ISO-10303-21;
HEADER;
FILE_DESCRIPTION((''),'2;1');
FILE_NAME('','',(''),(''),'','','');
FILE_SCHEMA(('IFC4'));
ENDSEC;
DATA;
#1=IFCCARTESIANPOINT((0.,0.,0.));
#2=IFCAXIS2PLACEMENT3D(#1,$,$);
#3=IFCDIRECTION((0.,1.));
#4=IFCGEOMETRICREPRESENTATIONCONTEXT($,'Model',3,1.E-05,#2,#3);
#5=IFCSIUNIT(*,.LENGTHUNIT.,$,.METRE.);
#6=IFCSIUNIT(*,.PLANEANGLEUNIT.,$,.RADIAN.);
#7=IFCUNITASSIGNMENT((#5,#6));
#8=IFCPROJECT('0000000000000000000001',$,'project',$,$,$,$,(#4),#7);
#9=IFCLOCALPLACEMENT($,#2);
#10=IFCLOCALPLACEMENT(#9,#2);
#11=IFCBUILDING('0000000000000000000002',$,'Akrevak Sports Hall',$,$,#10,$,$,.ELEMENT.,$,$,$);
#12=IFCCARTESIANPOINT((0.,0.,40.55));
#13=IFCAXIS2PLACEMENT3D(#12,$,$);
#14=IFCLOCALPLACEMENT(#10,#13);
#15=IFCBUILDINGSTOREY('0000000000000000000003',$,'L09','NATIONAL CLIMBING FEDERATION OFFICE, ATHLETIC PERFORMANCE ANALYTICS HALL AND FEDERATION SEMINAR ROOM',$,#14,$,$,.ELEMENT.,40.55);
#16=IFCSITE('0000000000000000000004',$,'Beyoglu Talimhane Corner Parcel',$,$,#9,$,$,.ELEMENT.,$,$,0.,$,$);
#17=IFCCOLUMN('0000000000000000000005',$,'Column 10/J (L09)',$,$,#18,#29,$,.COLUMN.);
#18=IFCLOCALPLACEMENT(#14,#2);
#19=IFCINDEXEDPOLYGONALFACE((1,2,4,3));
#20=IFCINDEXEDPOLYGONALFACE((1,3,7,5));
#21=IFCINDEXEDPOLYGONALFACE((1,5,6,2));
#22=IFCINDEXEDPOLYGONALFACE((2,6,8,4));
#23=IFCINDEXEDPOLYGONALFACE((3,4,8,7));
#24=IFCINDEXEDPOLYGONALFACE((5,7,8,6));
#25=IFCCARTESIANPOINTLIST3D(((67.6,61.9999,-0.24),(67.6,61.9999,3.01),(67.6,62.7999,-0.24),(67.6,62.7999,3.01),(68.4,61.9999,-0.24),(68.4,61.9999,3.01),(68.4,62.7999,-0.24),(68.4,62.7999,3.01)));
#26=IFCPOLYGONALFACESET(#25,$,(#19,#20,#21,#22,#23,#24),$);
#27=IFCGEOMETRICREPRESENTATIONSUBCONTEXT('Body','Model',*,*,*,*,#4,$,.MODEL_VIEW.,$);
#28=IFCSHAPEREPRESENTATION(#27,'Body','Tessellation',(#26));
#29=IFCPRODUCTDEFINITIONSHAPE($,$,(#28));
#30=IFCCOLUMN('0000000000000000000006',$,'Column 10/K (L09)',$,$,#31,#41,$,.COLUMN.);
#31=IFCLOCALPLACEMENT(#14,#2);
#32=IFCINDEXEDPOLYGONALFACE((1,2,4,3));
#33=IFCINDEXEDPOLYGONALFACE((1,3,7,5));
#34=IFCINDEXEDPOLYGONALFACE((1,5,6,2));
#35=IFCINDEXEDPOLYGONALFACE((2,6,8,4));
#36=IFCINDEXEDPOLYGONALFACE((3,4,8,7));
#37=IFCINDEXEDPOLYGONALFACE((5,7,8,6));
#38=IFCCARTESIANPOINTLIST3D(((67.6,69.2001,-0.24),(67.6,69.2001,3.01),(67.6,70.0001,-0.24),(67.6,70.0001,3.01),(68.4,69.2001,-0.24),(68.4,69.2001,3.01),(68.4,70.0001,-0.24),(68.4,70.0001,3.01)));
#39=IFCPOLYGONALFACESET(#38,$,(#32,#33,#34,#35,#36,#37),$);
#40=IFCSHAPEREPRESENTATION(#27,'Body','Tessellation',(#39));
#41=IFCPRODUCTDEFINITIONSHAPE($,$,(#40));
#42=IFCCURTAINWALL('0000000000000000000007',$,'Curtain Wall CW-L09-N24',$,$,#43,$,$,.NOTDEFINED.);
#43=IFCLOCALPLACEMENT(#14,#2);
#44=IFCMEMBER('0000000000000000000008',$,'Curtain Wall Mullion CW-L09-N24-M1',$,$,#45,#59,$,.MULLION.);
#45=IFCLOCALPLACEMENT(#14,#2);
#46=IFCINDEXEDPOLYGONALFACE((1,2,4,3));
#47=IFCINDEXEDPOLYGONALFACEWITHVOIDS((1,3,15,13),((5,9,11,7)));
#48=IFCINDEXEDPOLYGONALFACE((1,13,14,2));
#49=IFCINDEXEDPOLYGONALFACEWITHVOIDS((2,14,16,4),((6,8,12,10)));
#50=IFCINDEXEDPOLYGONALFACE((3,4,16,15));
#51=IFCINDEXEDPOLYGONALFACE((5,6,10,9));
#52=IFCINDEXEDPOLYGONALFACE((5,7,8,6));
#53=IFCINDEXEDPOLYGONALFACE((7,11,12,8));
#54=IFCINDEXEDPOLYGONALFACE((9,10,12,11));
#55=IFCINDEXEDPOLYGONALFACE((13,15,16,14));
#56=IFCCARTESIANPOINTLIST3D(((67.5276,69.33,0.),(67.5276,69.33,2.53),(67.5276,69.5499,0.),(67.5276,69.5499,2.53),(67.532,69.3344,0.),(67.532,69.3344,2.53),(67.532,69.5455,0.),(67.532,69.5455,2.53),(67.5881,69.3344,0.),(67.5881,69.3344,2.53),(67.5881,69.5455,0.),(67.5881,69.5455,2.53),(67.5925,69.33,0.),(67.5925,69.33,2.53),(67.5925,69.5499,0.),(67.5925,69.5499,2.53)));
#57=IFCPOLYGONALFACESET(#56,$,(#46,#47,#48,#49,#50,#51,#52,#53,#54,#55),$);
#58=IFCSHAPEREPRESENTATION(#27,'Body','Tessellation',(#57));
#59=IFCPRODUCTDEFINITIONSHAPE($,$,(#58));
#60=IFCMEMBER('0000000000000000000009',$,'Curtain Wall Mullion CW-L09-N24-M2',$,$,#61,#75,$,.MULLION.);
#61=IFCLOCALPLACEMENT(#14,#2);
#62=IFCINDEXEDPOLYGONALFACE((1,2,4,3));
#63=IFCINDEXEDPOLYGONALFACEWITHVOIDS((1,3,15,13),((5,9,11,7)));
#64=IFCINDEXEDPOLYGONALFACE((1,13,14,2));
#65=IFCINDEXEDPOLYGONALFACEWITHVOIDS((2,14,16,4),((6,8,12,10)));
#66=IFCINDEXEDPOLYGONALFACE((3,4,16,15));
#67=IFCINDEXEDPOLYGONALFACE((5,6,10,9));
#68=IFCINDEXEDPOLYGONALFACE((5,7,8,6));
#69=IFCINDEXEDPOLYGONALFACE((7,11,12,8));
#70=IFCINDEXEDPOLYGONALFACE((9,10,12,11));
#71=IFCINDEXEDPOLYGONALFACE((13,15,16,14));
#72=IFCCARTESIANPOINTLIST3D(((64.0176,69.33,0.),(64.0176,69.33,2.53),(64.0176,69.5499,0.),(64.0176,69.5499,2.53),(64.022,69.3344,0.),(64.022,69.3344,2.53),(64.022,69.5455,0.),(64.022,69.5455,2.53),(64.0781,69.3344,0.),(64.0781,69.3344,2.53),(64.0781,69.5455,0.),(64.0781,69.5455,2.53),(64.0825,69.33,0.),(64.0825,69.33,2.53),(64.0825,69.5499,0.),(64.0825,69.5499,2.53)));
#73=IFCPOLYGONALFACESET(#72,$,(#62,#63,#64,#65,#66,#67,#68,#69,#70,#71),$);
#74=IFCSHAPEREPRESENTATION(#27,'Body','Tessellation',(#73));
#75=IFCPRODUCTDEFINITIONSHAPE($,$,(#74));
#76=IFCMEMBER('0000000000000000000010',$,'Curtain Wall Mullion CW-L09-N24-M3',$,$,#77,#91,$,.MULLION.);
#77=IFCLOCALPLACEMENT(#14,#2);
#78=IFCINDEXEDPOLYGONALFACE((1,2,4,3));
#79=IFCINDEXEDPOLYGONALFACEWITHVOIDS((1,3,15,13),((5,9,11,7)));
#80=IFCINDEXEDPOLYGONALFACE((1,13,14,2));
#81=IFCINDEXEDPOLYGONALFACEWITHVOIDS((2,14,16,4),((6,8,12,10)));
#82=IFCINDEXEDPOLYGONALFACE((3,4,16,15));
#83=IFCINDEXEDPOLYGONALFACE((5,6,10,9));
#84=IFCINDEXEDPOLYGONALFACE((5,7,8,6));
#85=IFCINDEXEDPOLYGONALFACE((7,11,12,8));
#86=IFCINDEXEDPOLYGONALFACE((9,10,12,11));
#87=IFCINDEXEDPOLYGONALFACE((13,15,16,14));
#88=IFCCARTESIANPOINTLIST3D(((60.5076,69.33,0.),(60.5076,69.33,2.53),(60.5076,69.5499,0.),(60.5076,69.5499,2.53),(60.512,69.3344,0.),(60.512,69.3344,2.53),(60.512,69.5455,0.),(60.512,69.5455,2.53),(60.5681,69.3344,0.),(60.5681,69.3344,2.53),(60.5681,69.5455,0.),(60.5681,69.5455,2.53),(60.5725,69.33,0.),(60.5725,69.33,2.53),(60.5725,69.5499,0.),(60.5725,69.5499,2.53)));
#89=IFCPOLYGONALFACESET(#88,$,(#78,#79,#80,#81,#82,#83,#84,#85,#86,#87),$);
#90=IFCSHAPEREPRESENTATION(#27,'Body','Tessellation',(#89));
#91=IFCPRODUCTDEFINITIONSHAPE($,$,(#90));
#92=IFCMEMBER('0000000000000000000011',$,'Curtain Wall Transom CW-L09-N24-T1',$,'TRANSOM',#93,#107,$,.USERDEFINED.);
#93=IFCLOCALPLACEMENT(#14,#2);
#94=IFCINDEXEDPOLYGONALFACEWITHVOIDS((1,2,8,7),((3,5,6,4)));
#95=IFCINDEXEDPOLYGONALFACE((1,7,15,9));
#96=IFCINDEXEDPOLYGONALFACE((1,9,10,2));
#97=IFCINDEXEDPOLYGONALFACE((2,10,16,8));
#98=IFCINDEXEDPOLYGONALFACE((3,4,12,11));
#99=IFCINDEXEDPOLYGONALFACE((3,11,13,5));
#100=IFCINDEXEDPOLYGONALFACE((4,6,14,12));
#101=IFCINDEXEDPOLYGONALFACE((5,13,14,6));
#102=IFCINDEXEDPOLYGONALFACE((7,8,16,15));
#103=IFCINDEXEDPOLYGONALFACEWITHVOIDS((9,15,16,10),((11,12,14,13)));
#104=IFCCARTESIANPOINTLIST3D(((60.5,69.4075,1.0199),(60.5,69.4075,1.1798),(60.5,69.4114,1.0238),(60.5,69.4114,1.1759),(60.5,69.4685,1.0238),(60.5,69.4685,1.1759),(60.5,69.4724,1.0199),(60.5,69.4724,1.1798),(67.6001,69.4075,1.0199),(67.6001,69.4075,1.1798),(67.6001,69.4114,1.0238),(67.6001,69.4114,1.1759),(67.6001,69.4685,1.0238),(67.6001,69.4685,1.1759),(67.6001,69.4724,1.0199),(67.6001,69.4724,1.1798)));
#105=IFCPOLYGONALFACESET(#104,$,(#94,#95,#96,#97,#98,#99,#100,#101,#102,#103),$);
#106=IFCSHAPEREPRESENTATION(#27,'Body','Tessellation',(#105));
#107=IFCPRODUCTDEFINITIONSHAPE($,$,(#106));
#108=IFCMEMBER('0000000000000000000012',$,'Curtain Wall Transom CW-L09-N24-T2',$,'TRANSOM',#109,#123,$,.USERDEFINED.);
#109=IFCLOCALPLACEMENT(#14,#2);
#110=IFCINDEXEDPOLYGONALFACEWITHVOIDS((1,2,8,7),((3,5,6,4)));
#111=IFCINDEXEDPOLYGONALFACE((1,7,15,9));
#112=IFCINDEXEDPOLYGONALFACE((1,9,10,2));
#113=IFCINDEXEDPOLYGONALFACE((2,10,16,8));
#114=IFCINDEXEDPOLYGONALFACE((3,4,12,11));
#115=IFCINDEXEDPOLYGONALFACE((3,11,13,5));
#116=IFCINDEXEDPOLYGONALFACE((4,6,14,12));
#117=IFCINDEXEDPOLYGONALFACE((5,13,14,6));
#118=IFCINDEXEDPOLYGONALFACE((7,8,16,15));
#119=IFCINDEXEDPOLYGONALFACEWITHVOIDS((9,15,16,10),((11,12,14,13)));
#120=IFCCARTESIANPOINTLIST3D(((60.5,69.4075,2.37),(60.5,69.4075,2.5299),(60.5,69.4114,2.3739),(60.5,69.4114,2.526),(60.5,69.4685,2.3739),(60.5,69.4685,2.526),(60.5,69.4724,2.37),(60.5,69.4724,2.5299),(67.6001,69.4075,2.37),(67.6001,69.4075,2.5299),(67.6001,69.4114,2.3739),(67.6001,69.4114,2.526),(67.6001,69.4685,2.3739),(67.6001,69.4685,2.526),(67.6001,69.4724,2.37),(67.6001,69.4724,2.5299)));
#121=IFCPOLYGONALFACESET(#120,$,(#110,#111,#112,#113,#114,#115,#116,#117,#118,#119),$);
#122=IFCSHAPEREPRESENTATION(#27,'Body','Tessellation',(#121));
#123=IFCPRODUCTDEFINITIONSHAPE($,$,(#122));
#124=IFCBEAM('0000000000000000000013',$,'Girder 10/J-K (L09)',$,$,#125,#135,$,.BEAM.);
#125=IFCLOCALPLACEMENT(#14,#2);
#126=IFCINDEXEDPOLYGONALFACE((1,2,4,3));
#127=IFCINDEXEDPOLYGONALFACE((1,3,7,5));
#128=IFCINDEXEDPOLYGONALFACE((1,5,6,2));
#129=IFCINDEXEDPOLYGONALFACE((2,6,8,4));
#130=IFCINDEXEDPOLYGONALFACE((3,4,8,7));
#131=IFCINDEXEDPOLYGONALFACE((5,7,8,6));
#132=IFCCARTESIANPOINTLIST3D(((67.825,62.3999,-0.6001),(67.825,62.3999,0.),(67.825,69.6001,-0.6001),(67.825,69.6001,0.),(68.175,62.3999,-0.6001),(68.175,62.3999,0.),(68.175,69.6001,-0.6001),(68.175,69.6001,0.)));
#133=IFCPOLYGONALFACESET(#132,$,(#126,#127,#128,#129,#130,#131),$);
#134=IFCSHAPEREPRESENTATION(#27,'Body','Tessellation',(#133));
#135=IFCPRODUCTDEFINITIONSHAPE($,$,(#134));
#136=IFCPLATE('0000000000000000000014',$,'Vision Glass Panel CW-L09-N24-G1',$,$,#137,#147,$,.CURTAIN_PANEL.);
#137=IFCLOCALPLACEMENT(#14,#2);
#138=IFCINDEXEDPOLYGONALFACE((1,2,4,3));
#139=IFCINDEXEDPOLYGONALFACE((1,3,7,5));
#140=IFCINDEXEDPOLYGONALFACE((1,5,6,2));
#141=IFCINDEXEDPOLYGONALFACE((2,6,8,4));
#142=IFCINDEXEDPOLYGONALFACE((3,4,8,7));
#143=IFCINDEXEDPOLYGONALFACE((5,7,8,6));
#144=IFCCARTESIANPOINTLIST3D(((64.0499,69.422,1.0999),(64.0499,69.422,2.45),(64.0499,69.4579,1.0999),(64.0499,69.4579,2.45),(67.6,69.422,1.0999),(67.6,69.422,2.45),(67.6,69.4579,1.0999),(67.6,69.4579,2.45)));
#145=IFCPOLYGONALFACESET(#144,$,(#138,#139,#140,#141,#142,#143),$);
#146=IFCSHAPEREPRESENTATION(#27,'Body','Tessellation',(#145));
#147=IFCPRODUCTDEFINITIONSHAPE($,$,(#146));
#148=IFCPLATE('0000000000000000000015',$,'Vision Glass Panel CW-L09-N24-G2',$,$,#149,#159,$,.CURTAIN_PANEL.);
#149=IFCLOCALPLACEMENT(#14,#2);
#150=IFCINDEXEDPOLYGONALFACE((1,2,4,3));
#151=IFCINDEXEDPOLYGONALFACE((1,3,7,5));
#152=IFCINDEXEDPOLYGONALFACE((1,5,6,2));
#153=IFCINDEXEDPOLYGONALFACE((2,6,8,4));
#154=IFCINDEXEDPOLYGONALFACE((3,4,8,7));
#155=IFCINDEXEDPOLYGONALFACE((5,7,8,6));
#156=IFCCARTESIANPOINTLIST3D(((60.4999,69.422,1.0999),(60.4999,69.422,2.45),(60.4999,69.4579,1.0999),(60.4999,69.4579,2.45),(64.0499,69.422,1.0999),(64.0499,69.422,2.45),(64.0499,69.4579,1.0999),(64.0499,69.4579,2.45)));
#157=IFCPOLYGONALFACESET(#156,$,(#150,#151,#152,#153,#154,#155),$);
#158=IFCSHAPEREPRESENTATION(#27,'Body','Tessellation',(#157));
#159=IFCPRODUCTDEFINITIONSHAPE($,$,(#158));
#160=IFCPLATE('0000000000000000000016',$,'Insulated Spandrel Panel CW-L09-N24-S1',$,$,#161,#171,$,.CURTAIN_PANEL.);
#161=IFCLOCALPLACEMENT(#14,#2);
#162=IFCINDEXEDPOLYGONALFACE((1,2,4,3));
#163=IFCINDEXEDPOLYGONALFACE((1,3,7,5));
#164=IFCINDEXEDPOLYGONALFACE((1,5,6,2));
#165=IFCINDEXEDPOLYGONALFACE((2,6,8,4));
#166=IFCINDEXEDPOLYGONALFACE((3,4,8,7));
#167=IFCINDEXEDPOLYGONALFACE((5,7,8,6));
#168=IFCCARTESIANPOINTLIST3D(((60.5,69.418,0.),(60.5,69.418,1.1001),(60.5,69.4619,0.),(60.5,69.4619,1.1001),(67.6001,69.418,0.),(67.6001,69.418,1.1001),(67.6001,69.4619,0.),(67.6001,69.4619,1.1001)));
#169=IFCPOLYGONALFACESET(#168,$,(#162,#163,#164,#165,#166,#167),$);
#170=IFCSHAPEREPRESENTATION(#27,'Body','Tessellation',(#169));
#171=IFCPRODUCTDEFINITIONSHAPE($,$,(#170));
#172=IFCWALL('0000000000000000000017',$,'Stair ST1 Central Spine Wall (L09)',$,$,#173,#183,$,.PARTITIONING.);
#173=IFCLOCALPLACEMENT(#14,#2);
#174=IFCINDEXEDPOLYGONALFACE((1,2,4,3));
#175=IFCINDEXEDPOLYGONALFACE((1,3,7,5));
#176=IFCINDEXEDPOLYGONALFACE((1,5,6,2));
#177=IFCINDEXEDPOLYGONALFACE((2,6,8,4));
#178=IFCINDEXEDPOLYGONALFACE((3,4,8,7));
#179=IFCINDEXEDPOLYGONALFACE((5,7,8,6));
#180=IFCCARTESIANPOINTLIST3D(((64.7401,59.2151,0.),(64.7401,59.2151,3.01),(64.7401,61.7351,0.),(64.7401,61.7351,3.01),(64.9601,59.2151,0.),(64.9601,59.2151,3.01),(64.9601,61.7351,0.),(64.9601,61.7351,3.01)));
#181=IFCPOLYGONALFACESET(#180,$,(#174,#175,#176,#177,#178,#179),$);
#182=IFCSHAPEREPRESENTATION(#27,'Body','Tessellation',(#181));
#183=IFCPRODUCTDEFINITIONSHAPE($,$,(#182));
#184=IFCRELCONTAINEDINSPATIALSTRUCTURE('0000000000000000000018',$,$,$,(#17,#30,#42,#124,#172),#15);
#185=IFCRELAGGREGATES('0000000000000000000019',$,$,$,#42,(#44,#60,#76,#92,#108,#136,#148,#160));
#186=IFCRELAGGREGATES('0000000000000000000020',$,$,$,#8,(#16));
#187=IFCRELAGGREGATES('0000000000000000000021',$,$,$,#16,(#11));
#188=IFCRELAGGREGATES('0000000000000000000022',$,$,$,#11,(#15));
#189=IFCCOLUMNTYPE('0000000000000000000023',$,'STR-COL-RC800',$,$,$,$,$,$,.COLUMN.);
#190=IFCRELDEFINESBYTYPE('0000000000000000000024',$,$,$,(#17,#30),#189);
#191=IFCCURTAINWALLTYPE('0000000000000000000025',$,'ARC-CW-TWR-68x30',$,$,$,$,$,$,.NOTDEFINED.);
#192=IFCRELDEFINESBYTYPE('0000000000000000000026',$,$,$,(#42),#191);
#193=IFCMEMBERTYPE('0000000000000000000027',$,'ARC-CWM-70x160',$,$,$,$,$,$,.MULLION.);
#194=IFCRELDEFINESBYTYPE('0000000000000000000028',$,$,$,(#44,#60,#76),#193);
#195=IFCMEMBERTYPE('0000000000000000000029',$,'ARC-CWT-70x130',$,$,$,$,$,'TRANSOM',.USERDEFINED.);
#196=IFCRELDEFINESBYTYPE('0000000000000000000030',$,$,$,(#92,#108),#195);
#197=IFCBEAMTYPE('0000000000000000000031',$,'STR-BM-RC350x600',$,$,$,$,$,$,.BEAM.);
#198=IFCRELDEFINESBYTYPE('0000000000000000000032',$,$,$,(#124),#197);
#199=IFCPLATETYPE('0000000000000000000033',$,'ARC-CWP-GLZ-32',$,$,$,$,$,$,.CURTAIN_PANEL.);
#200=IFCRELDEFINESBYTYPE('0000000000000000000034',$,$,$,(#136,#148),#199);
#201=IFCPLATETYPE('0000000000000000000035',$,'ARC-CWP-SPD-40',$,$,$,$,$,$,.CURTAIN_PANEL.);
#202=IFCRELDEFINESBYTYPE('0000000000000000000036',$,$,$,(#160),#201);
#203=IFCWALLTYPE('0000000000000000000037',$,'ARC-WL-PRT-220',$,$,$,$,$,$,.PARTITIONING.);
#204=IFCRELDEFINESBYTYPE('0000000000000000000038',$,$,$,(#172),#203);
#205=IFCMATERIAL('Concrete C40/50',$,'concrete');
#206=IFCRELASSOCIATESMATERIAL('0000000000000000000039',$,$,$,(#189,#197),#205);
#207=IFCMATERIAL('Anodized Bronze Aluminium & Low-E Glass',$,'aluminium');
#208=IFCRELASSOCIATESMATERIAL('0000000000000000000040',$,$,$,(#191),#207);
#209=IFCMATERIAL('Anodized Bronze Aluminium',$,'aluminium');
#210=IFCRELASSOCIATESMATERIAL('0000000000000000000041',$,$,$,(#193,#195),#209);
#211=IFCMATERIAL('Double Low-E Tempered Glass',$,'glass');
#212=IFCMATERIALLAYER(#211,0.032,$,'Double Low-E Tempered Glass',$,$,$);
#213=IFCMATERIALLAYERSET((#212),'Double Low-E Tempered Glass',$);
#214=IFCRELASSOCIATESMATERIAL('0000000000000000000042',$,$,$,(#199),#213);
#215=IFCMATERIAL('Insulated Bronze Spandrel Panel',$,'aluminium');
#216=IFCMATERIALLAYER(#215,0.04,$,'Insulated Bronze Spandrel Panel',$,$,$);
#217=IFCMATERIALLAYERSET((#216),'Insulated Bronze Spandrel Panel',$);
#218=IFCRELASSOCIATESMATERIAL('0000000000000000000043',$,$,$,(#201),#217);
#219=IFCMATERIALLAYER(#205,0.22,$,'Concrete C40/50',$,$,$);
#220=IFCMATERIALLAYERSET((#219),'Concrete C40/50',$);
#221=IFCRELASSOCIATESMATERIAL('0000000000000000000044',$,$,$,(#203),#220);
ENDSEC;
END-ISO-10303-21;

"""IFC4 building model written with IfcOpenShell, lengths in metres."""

from ifc_helpers import new_model, si_unit, direction, frame, frame_2d, origin, origin_2d, place, context, subcontext, project, spatial, rectangle, hollow_rectangle, extrude, material, layer, layer_set, material_profile, profile_set, type_object, element, aggregate, save


model = new_model("IFC4")

# Units and contexts
model_context = context("Model", 3, precision=1e-05, world=origin(), true_north=direction((0.0, 1.0)))
body_context = subcontext(model_context, "Body", "Model", "MODEL_VIEW")
ifc_project = project(units=[si_unit("LENGTHUNIT", "METRE"), si_unit("PLANEANGLEUNIT", "RADIAN")], contexts=[model_context])

# Site, building, storey
site_placement = place(None, origin())
site = spatial("IfcSite", under=ifc_project, at=site_placement, Name="Beyoglu Talimhane Corner Parcel", CompositionType="ELEMENT", RefElevation=0.0)
building_placement = place(site_placement, origin())
building = spatial("IfcBuilding", under=site, at=building_placement, Name="Akrevak Sports Hall", CompositionType="ELEMENT")
storey_placement = place(building_placement, frame((0.0, 0.0, 40.55)))
storey = spatial("IfcBuildingStorey", under=building, at=storey_placement, Name="L09", Description="NATIONAL CLIMBING FEDERATION OFFICE, ATHLETIC PERFORMANCE ANALYTICS HALL AND FEDERATION SEMINAR ROOM", CompositionType="ELEMENT", Elevation=40.55)

# Columns
ifc_material_1 = material(Name="Concrete C40/50", Category="concrete")
ifc_material_profile_1 = material_profile(ifc_material_1, rectangle(XDim=0.8, YDim=0.8, at=origin_2d()), Name="RC 800x800", Category="concrete")
ifc_profile_set_1 = profile_set([ifc_material_profile_1], Name="Concrete C40/50")
column_type = type_object("IfcColumnType", Name="STR-COL-RC800", PredefinedType="COLUMN", material=ifc_profile_set_1)
for number, where, z_axis, x_axis, name in (
    (1, (68.0, 62.3999, -0.24), (0.0, 0.0, 1.0), (1.0, 0.0, 0.0), "Column 10/J (L09)"),
    (2, (68.0, 69.6001, -0.24), (0.0, 0.0, 1.0), (1.0, 0.0, 0.0), "Column 10/K (L09)"),
):
    element("IfcColumn", number, at=place(storey_placement, frame(where, z_axis=z_axis, x_axis=x_axis)), inside=storey, type_object=column_type, Name=name, PredefinedType="COLUMN", context=body_context, shape_type="SweptSolid", body=[
        extrude(rectangle(XDim=0.8, YDim=0.8, at=origin_2d()), origin(), (0.0, 0.0, 1.0), 3.25),
    ])

# Curtain wall, members
ifc_material_2 = material(Name="Anodized Bronze Aluminium & Low-E Glass", Category="aluminium")
curtain_wall_type = type_object("IfcCurtainWallType", Name="ARC-CW-TWR-68x30", PredefinedType="NOTDEFINED", material=ifc_material_2)
curtain_wall_placement = place(storey_placement, origin())
curtain_wall = element("IfcCurtainWall", 3, at=curtain_wall_placement, inside=storey, type_object=curtain_wall_type, Name="Curtain Wall CW-L09-N24", PredefinedType="NOTDEFINED")
ifc_material_3 = material(Name="Anodized Bronze Aluminium", Category="aluminium")
ifc_material_profile_2 = material_profile(ifc_material_3, hollow_rectangle(XDim=0.0649, YDim=0.22, WallThickness=0.0044, at=origin_2d()), Name="CWM 65x220", Category="aluminium")
ifc_profile_set_2 = profile_set([ifc_material_profile_2], Name="Anodized Bronze Aluminium")
member_type_1 = type_object("IfcMemberType", Name="ARC-CWM-70x160", PredefinedType="MULLION", material=ifc_profile_set_2)
member_1_placement = place(storey_placement, frame((67.5601, 69.4399, 0.0), z_axis=(0.0, 0.0, 1.0), x_axis=(-1.0, 0.0, 0.0)))
member_1 = element("IfcMember", 4, at=member_1_placement, type_object=member_type_1, Name="Curtain Wall Mullion CW-L09-N24-M1", PredefinedType="MULLION", context=body_context, shape_type="SweptSolid", body=[
    extrude(hollow_rectangle(XDim=0.0649, YDim=0.22, WallThickness=0.0044, at=origin_2d()), origin(), (0.0, 0.0, 1.0), 2.53),
])
member_2_placement = place(storey_placement, frame((64.05, 69.4399, 0.0), z_axis=(0.0, 0.0, 1.0), x_axis=(-1.0, 0.0, 0.0)))
member_2 = element("IfcMember", 5, at=member_2_placement, type_object=member_type_1, Name="Curtain Wall Mullion CW-L09-N24-M2", PredefinedType="MULLION", context=body_context, shape_type="SweptSolid", body=[
    extrude(hollow_rectangle(XDim=0.0649, YDim=0.22, WallThickness=0.0044, at=origin_2d()), origin(), (0.0, 0.0, 1.0), 2.53),
])
member_3_placement = place(storey_placement, frame((60.54, 69.4399, 0.0), z_axis=(0.0, 0.0, 1.0), x_axis=(-1.0, 0.0, 0.0)))
member_3 = element("IfcMember", 6, at=member_3_placement, type_object=member_type_1, Name="Curtain Wall Mullion CW-L09-N24-M3", PredefinedType="MULLION", context=body_context, shape_type="SweptSolid", body=[
    extrude(hollow_rectangle(XDim=0.0649, YDim=0.22, WallThickness=0.0044, at=origin_2d()), origin(), (0.0, 0.0, 1.0), 2.53),
])
ifc_material_profile_3 = material_profile(ifc_material_3, hollow_rectangle(XDim=0.0649, YDim=0.1599, WallThickness=0.0039, at=origin_2d()), Name="CWT 65x160", Category="aluminium")
ifc_profile_set_3 = profile_set([ifc_material_profile_3], Name="Anodized Bronze Aluminium")
member_type_2 = type_object("IfcMemberType", Name="ARC-CWT-70x130", ElementType="TRANSOM", PredefinedType="USERDEFINED", material=ifc_profile_set_3)
member_4_placement = place(storey_placement, frame((67.6001, 69.4399, 1.0999), z_axis=(-1.0, 0.0, 0.0), x_axis=(0.0, -1.0, 0.0)))
member_4 = element("IfcMember", 7, at=member_4_placement, type_object=member_type_2, Name="Curtain Wall Transom CW-L09-N24-T1", ObjectType="TRANSOM", PredefinedType="USERDEFINED", context=body_context, shape_type="SweptSolid", body=[
    extrude(hollow_rectangle(XDim=0.0649, YDim=0.1599, WallThickness=0.0039, at=origin_2d()), origin(), (0.0, 0.0, 1.0), 7.1001),
])
member_5_placement = place(storey_placement, frame((67.6001, 69.4399, 2.45), z_axis=(-1.0, 0.0, 0.0), x_axis=(0.0, -1.0, 0.0)))
member_5 = element("IfcMember", 8, at=member_5_placement, type_object=member_type_2, Name="Curtain Wall Transom CW-L09-N24-T2", ObjectType="TRANSOM", PredefinedType="USERDEFINED", context=body_context, shape_type="SweptSolid", body=[
    extrude(hollow_rectangle(XDim=0.0649, YDim=0.1599, WallThickness=0.0039, at=origin_2d()), origin(), (0.0, 0.0, 1.0), 7.1001),
])

# Beam
ifc_material_profile_4 = material_profile(ifc_material_1, rectangle(XDim=0.3501, YDim=0.6001, at=origin_2d()), Name="BM 350x600", Category="concrete")
ifc_profile_set_4 = profile_set([ifc_material_profile_4], Name="Concrete C40/50")
beam_type = type_object("IfcBeamType", Name="STR-BM-RC350x600", PredefinedType="BEAM", material=ifc_profile_set_4)
beam_placement = place(storey_placement, frame((68.0, 62.3999, -0.3), z_axis=(0.0, 1.0, 0.0), x_axis=(-1.0, 0.0, 0.0)))
element("IfcBeam", 9, at=beam_placement, inside=storey, type_object=beam_type, Name="Girder 10/J-K (L09)", PredefinedType="BEAM", context=body_context, shape_type="SweptSolid", body=[
    extrude(rectangle(XDim=0.3501, YDim=0.6001, at=origin_2d()), origin(), (0.0, 0.0, 1.0), 7.2002),
])

# Plates
ifc_material_4 = material(Name="Double Low-E Tempered Glass", Category="glass")
ifc_layer_1 = layer(ifc_material_4, 0.032, Name="Double Low-E Tempered Glass")
ifc_layer_set_1 = layer_set([ifc_layer_1], Name="Double Low-E Tempered Glass")
plate_type_1 = type_object("IfcPlateType", Name="ARC-CWP-GLZ-32", PredefinedType="CURTAIN_PANEL", material=ifc_layer_set_1)
plate_1_placement = place(storey_placement, frame((65.825, 69.4399, 1.0999), z_axis=(0.0, 0.0, 1.0), x_axis=(-1.0, 0.0, 0.0)))
plate_1 = element("IfcPlate", 10, at=plate_1_placement, type_object=plate_type_1, Name="Vision Glass Panel CW-L09-N24-G1", PredefinedType="CURTAIN_PANEL", context=body_context, shape_type="SweptSolid", body=[
    extrude(rectangle(XDim=3.55, YDim=0.0359, at=origin_2d()), origin(), (0.0, 0.0, 1.0), 1.3501),
])
plate_2_placement = place(storey_placement, frame((62.2749, 69.4399, 1.0999), z_axis=(0.0, 0.0, 1.0), x_axis=(-1.0, 0.0, 0.0)))
plate_2 = element("IfcPlate", 11, at=plate_2_placement, type_object=plate_type_1, Name="Vision Glass Panel CW-L09-N24-G2", PredefinedType="CURTAIN_PANEL", context=body_context, shape_type="SweptSolid", body=[
    extrude(rectangle(XDim=3.55, YDim=0.0359, at=origin_2d()), origin(), (0.0, 0.0, 1.0), 1.3501),
])
ifc_material_5 = material(Name="Insulated Bronze Spandrel Panel", Category="aluminium")
ifc_layer_2 = layer(ifc_material_5, 0.04, Name="Insulated Bronze Spandrel Panel")
ifc_layer_set_2 = layer_set([ifc_layer_2], Name="Insulated Bronze Spandrel Panel")
plate_type_2 = type_object("IfcPlateType", Name="ARC-CWP-SPD-40", PredefinedType="CURTAIN_PANEL", material=ifc_layer_set_2)
plate_3_placement = place(storey_placement, frame((64.05, 69.4399, 0.0), z_axis=(0.0, 0.0, 1.0), x_axis=(-1.0, 0.0, 0.0)))
plate_3 = element("IfcPlate", 12, at=plate_3_placement, type_object=plate_type_2, Name="Insulated Spandrel Panel CW-L09-N24-S1", PredefinedType="CURTAIN_PANEL", context=body_context, shape_type="SweptSolid", body=[
    extrude(rectangle(XDim=7.1001, YDim=0.0439, at=origin_2d()), origin(), (0.0, 0.0, 1.0), 1.1001),
])
aggregate(curtain_wall, [member_1, member_2, member_3, member_4, member_5, plate_1, plate_2, plate_3])

# Wall
ifc_layer_3 = layer(ifc_material_1, 0.22, Name="Concrete C40/50")
ifc_layer_set_3 = layer_set([ifc_layer_3], Name="Concrete C40/50")
wall_type_1 = type_object("IfcWallType", Name="ARC-WL-PRT-220", PredefinedType="PARTITIONING", material=ifc_layer_set_3)
wall_1_placement = place(storey_placement, frame((64.8501, 59.2151, 0.0), z_axis=(0.0, 0.0, 1.0), x_axis=(0.0, 1.0, 0.0)))
element("IfcWall", 13, at=wall_1_placement, inside=storey, type_object=wall_type_1, Name="Stair ST1 Central Spine Wall (L09)", PredefinedType="PARTITIONING", context=body_context, shape_type="SweptSolid", body=[
    extrude(rectangle(XDim=2.52, YDim=0.22, at=frame_2d((1.26, 0.0))), origin(), (0.0, 0.0, 1.0), 3.01),
])

save(model, "model.ifc")
